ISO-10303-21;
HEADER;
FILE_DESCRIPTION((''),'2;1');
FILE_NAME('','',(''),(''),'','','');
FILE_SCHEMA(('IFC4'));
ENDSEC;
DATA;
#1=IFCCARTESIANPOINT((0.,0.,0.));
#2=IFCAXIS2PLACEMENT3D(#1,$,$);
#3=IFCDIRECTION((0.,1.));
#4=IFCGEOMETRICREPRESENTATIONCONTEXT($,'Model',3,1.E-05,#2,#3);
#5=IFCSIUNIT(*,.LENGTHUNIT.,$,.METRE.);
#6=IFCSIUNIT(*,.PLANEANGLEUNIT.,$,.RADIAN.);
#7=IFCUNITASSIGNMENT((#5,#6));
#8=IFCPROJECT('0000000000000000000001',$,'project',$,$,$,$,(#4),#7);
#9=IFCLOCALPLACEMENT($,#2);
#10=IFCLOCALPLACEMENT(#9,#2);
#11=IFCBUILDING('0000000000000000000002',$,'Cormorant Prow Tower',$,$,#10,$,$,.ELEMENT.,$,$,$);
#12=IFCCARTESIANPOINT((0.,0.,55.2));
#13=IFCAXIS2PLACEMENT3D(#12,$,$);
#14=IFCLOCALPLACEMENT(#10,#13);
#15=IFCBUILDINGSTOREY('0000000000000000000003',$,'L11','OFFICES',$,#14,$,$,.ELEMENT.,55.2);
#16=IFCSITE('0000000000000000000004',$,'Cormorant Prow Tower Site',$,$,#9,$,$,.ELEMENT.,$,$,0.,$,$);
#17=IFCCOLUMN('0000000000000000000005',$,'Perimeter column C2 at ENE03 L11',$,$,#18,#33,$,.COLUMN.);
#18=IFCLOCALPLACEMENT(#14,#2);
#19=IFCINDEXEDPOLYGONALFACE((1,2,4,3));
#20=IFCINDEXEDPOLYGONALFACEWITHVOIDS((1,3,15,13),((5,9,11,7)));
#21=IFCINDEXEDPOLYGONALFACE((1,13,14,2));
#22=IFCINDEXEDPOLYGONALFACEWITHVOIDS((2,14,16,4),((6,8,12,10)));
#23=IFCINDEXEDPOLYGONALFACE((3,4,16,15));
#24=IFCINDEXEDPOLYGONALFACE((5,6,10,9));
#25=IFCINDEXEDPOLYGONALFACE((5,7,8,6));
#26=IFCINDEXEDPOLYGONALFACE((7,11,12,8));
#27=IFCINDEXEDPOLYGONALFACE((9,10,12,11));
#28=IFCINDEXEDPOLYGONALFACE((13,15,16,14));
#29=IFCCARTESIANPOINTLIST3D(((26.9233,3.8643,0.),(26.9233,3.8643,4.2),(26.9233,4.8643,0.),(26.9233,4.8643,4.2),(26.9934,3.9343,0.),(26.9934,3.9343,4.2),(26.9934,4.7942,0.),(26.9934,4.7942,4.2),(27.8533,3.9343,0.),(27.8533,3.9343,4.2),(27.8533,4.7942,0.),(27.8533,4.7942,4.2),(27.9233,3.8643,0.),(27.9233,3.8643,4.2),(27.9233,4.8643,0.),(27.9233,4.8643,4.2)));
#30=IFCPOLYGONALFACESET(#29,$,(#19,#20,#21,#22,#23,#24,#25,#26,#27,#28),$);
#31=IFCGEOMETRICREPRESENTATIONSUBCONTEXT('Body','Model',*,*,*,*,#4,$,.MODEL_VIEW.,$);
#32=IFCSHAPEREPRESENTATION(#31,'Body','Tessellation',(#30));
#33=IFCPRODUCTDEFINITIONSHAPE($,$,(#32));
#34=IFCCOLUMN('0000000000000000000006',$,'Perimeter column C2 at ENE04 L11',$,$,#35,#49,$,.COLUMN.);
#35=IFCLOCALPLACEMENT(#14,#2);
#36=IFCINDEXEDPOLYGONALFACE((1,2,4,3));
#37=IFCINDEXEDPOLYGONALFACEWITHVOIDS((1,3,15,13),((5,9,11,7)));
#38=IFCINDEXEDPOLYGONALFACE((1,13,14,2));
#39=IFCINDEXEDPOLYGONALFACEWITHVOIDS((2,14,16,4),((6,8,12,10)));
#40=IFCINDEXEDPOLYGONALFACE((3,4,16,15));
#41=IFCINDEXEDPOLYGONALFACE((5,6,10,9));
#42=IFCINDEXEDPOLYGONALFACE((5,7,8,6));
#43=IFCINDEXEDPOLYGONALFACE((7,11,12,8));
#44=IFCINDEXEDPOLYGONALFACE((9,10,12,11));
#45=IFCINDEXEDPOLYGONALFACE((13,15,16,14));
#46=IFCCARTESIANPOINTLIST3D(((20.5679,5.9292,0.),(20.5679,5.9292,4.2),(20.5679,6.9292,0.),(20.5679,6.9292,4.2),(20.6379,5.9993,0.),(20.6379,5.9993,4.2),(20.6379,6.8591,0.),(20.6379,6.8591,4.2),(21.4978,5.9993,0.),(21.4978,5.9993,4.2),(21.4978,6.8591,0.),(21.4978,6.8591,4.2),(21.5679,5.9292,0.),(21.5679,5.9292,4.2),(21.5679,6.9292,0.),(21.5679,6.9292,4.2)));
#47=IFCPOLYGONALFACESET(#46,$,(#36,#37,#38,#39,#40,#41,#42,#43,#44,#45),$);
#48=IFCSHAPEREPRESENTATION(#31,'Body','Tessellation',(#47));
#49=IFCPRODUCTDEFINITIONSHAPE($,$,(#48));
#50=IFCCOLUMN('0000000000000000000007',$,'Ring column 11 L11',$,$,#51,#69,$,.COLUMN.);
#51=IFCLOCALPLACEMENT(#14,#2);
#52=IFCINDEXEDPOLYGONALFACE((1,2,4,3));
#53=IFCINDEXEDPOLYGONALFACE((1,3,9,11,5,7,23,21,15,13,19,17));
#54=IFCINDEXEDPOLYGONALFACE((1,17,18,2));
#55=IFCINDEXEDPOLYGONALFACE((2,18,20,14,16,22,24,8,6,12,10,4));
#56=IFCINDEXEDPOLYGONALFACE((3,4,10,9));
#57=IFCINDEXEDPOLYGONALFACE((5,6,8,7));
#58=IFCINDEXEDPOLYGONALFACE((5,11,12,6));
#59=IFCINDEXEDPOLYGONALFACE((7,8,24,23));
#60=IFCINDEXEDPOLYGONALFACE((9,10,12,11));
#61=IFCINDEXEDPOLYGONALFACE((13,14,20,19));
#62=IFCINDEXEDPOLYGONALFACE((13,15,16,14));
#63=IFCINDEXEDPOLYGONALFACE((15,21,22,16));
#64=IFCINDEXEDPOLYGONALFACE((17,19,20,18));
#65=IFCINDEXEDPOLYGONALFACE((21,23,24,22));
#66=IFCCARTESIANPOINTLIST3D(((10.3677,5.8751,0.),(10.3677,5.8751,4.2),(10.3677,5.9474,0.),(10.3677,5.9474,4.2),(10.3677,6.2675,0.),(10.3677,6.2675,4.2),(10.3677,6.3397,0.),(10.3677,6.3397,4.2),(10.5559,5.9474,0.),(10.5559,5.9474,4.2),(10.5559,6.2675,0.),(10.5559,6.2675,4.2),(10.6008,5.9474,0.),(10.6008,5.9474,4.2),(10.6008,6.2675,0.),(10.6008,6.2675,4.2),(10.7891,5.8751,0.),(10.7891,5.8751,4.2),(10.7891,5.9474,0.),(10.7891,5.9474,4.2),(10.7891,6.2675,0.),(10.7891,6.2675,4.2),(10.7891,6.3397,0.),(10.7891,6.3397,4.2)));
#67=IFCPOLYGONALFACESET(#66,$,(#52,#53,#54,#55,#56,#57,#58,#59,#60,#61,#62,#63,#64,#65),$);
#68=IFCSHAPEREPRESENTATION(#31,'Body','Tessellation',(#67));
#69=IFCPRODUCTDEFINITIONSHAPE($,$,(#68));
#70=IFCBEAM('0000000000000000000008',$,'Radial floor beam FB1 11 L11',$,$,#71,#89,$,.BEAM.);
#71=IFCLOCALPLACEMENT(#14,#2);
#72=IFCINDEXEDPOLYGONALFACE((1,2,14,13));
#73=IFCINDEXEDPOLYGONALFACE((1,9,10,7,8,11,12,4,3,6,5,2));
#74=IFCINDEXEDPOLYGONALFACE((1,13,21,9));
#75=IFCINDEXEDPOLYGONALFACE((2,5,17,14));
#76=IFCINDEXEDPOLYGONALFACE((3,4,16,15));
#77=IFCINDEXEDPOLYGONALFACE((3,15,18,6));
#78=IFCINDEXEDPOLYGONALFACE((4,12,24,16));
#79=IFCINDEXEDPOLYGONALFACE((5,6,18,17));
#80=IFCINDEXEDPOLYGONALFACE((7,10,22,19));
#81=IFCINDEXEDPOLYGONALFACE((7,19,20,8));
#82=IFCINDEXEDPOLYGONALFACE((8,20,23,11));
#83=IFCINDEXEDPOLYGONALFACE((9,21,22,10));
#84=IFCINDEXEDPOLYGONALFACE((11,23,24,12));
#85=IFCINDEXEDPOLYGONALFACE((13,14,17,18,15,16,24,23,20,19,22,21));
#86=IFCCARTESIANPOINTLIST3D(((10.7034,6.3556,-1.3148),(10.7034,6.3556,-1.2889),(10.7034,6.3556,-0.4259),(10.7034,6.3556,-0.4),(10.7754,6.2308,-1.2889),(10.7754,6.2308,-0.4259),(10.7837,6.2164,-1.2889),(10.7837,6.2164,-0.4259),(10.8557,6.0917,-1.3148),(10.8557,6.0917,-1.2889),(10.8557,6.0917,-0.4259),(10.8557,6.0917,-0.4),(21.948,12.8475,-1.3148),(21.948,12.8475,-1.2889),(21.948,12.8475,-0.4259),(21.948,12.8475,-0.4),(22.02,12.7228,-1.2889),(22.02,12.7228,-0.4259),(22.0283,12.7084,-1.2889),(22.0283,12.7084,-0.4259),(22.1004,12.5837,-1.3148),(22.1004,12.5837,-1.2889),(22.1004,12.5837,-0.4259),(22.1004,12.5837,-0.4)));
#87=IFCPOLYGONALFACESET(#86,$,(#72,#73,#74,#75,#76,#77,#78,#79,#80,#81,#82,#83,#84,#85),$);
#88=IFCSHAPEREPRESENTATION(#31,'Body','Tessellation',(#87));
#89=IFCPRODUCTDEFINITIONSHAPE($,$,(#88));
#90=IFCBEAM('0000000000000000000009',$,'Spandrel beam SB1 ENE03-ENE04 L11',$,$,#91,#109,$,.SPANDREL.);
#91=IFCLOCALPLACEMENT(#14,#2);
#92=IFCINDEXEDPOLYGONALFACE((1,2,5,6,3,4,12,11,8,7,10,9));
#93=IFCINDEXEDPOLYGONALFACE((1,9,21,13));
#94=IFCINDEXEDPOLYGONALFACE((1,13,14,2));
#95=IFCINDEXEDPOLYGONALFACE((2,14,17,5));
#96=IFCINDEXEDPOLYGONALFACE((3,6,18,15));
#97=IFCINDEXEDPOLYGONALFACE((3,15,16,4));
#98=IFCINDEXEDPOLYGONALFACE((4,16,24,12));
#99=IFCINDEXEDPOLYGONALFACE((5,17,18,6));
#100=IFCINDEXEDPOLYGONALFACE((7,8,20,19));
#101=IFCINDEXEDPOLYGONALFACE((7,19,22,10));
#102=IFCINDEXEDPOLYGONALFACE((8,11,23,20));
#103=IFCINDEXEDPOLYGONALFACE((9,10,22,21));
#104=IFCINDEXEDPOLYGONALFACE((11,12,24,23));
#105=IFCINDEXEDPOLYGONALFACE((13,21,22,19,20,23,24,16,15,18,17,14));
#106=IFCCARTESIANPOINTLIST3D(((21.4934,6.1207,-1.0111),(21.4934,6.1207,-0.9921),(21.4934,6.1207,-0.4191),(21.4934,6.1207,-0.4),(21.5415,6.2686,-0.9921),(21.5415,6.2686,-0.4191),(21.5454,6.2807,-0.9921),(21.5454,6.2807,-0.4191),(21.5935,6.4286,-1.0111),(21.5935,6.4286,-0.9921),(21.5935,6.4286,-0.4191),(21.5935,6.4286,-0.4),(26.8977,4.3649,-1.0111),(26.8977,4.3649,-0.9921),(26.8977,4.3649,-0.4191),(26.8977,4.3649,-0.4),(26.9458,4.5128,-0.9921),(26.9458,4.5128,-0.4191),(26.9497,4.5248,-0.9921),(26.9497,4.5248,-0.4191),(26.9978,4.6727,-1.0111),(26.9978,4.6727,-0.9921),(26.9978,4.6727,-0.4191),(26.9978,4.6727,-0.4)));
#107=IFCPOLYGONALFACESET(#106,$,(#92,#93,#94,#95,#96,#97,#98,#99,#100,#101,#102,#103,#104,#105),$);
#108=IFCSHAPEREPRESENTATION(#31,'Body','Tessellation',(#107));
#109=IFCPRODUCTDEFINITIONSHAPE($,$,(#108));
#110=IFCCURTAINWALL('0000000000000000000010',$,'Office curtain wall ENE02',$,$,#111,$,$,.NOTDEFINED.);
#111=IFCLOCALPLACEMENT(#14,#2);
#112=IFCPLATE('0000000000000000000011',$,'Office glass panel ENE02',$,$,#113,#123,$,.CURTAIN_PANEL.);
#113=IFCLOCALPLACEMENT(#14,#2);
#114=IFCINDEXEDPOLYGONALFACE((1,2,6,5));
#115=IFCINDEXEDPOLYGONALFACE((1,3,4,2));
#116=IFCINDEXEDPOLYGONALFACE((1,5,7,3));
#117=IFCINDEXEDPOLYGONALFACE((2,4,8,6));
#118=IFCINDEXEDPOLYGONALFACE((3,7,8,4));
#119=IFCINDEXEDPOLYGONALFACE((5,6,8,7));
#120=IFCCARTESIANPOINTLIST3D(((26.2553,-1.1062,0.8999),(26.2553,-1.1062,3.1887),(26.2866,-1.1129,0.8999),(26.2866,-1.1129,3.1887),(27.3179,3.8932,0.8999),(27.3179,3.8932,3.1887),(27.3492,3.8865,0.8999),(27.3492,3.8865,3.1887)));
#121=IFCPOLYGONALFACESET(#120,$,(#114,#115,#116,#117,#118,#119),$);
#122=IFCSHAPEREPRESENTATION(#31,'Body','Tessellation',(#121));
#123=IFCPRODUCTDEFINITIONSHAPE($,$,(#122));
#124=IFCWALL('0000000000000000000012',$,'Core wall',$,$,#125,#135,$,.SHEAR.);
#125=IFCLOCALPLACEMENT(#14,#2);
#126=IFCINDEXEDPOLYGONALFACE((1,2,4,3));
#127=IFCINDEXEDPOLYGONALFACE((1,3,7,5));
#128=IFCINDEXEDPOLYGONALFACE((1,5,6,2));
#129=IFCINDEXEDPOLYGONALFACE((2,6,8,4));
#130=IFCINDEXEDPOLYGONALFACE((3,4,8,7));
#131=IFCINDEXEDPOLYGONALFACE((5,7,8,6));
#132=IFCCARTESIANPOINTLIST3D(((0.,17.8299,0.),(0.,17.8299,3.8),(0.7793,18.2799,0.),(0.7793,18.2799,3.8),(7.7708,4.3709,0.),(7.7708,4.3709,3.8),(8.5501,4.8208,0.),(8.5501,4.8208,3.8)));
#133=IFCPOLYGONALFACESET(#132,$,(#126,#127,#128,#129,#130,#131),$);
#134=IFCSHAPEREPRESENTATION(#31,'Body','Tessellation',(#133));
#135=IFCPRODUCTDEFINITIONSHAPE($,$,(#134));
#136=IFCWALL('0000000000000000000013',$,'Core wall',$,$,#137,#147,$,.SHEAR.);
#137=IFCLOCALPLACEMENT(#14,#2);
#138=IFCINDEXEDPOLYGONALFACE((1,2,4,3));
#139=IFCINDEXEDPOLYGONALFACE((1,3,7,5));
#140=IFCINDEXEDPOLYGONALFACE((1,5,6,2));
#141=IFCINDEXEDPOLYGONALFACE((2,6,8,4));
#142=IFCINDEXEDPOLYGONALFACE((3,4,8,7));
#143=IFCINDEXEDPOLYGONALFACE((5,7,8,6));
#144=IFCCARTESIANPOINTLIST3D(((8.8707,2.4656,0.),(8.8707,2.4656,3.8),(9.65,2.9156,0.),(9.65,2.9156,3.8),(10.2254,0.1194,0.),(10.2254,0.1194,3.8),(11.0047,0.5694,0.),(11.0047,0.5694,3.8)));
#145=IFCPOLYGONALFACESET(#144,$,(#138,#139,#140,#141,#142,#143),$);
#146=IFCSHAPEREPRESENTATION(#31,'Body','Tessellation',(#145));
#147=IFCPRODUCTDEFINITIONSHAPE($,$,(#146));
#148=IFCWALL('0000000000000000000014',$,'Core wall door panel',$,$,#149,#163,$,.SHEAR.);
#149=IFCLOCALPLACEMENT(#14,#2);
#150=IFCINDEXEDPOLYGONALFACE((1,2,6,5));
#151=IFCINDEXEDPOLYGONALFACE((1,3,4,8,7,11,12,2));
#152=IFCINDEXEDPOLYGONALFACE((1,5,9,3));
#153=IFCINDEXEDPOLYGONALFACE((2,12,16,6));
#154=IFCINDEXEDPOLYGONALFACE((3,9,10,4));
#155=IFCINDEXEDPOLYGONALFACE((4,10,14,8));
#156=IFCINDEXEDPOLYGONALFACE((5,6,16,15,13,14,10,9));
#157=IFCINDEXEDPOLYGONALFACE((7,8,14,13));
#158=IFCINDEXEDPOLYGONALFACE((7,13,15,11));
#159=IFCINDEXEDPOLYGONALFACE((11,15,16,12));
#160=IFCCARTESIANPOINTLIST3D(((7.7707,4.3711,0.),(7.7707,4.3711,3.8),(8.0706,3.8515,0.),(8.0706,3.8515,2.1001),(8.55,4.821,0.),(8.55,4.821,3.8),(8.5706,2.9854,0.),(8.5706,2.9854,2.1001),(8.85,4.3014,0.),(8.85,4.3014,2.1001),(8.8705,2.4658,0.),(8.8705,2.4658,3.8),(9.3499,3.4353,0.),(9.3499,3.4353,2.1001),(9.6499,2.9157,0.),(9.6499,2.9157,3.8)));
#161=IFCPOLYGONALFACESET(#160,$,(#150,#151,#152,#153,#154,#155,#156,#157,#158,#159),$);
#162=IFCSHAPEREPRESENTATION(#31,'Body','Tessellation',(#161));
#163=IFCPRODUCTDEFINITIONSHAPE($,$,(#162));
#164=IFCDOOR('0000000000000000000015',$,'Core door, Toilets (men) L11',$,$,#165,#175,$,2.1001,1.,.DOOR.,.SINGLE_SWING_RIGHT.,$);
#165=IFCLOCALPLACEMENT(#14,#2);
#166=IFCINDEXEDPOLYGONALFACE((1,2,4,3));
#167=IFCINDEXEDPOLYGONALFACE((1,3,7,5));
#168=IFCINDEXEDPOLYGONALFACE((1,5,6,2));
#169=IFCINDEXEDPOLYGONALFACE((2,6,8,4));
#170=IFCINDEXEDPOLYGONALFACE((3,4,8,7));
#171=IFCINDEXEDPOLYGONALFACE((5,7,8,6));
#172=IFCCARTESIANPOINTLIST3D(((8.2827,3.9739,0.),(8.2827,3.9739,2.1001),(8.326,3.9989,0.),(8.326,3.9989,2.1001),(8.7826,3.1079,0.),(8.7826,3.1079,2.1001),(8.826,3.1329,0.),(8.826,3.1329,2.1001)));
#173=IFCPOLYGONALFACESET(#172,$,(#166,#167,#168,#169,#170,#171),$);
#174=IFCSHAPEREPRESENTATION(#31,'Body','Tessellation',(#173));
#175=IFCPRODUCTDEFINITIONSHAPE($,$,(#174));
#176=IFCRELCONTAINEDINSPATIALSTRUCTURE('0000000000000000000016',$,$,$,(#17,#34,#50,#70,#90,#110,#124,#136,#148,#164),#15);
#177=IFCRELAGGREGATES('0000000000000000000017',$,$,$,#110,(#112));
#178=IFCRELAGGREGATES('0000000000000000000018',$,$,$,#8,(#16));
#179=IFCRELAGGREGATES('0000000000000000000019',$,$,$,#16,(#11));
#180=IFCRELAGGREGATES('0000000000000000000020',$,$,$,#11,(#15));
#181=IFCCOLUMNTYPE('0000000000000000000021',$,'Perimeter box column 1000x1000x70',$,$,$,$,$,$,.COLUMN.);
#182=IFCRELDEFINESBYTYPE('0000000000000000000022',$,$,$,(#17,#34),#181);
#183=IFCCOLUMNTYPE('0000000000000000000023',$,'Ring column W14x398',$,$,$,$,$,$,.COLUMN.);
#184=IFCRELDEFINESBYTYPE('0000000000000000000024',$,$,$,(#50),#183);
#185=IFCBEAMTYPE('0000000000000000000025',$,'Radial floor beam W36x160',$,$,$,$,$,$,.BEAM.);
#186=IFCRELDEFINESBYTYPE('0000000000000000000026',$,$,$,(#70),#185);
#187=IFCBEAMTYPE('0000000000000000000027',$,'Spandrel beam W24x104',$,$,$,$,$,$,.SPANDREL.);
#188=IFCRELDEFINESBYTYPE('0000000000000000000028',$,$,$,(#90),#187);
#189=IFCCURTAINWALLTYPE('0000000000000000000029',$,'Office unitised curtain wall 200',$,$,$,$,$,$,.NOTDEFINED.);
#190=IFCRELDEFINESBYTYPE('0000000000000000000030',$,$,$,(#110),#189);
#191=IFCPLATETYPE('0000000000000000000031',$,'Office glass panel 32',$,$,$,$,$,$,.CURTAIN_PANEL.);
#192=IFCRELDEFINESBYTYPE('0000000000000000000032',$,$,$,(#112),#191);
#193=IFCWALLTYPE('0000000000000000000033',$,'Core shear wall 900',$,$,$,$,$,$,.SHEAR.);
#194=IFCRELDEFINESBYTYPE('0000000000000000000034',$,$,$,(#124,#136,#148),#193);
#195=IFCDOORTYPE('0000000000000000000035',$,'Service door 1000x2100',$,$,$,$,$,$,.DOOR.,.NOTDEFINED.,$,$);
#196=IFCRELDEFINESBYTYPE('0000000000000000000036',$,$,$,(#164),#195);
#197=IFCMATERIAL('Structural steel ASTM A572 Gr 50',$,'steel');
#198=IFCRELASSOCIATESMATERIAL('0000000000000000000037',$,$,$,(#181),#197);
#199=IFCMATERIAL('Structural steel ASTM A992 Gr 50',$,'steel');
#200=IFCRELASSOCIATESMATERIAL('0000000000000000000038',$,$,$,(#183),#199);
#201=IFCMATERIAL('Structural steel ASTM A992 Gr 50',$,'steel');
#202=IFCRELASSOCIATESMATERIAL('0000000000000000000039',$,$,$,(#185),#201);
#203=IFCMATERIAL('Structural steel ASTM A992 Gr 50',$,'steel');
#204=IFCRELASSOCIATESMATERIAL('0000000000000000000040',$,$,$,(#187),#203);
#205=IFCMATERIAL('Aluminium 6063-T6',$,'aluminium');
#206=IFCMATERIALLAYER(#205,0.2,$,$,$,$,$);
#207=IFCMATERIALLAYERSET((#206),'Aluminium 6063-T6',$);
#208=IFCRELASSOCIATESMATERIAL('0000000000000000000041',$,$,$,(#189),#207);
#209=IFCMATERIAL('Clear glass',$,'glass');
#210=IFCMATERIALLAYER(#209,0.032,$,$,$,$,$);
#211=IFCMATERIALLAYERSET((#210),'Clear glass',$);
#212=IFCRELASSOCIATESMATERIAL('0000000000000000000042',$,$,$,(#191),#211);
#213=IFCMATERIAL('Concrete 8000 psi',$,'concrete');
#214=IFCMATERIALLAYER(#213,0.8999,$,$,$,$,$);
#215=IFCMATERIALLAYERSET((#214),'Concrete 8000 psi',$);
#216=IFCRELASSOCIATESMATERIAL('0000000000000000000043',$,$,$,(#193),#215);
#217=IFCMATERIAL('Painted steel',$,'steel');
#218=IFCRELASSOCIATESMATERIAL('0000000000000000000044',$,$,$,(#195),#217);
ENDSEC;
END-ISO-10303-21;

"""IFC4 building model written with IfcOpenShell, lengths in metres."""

from ifc_helpers import new_model, si_unit, direction, frame, frame_2d, origin, origin_2d, place, context, subcontext, project, spatial, rectangle, hollow_rectangle, i_section, extrude, material, layer, layer_set, material_profile, profile_set, type_object, element, fill, aggregate, save


model = new_model("IFC4")

# Units and contexts
model_context = context("Model", 3, precision=1e-05, world=origin(), true_north=direction((0.0, 1.0)))
body_context = subcontext(model_context, "Body", "Model", "MODEL_VIEW")
ifc_project = project(units=[si_unit("LENGTHUNIT", "METRE"), si_unit("PLANEANGLEUNIT", "RADIAN")], contexts=[model_context])

# Site, building, storey
site_placement = place(None, origin())
site = spatial("IfcSite", under=ifc_project, at=site_placement, Name="Cormorant Prow Tower Site", CompositionType="ELEMENT", RefElevation=0.0)
building_placement = place(site_placement, origin())
building = spatial("IfcBuilding", under=site, at=building_placement, Name="Cormorant Prow Tower", CompositionType="ELEMENT")
storey_placement = place(building_placement, frame((0.0, 0.0, 55.2)))
storey = spatial("IfcBuildingStorey", under=building, at=storey_placement, Name="L11", Description="OFFICES", CompositionType="ELEMENT", Elevation=55.2)

# Columns
ifc_material_1 = material(Name="Structural steel ASTM A572 Gr 50", Category="steel")
ifc_material_profile_1 = material_profile(ifc_material_1, hollow_rectangle(XDim=1.0, YDim=1.0, WallThickness=0.0701, at=origin_2d()), Name="Box 1000x1000x70")
ifc_profile_set_1 = profile_set([ifc_material_profile_1], Name="Structural steel ASTM A572 Gr 50")
column_type_1 = type_object("IfcColumnType", Name="Perimeter box column 1000x1000x70", PredefinedType="COLUMN", material=ifc_profile_set_1)
for number, where, z_axis, x_axis, name in (
    (1, (27.4233, 4.3643, 0.0), (0.0, 0.0, 1.0), (1.0, 0.0, 0.0), "Perimeter column C2 at ENE03 L11"),
    (2, (21.0679, 6.4292, 0.0), (0.0, 0.0, 1.0), (1.0, 0.0, 0.0), "Perimeter column C2 at ENE04 L11"),
):
    element("IfcColumn", number, at=place(storey_placement, frame(where, z_axis=z_axis, x_axis=x_axis)), inside=storey, type_object=column_type_1, Name=name, PredefinedType="COLUMN", context=body_context, shape_type="SweptSolid", body=[
        extrude(hollow_rectangle(XDim=1.0, YDim=1.0, WallThickness=0.0701, at=origin_2d()), origin(), (0.0, 0.0, 1.0), 4.2),
    ])
ifc_material_2 = material(Name="Structural steel ASTM A992 Gr 50", Category="steel")
ifc_material_profile_2 = material_profile(ifc_material_2, i_section(OverallWidth=0.4214, OverallDepth=0.4646, WebThickness=0.0449, FlangeThickness=0.0723, at=origin_2d()), Name="W14x398")
ifc_profile_set_2 = profile_set([ifc_material_profile_2], Name="Structural steel ASTM A992 Gr 50")
column_type_2 = type_object("IfcColumnType", Name="Ring column W14x398", PredefinedType="COLUMN", material=ifc_profile_set_2)
column_placement = place(storey_placement, frame((10.5784, 6.1074, 0.0), z_axis=(0.0, 0.0, 1.0), x_axis=(1.0, 0.0, 0.0)))
element("IfcColumn", 3, at=column_placement, inside=storey, type_object=column_type_2, Name="Ring column 11 L11", PredefinedType="COLUMN", context=body_context, shape_type="SweptSolid", body=[
    extrude(i_section(OverallWidth=0.4214, OverallDepth=0.4646, WebThickness=0.0449, FlangeThickness=0.0723, at=origin_2d()), origin(), (0.0, 0.0, 1.0), 4.2),
])

# Beams
ifc_material_3 = material(Name="Structural steel ASTM A992 Gr 50", Category="steel")
ifc_material_profile_3 = material_profile(ifc_material_3, i_section(OverallWidth=0.3047, OverallDepth=0.9148, WebThickness=0.0166, FlangeThickness=0.0259, at=origin_2d()), Name="W36x160")
ifc_profile_set_3 = profile_set([ifc_material_profile_3], Name="Structural steel ASTM A992 Gr 50")
beam_type_1 = type_object("IfcBeamType", Name="Radial floor beam W36x160", PredefinedType="BEAM", material=ifc_profile_set_3)
beam_1_placement = place(storey_placement, frame((10.7795, 6.2236, -0.8574), z_axis=(0.86603, 0.499992, 0.0), x_axis=(-0.499992, 0.86603, 0.0)))
element("IfcBeam", 4, at=beam_1_placement, inside=storey, type_object=beam_type_1, Name="Radial floor beam FB1 11 L11", PredefinedType="BEAM", context=body_context, shape_type="SweptSolid", body=[
    extrude(i_section(OverallWidth=0.3047, OverallDepth=0.9148, WebThickness=0.0166, FlangeThickness=0.0259, at=origin_2d()), origin(), (0.0, 0.0, 1.0), 12.9841),
])
ifc_material_4 = material(Name="Structural steel ASTM A992 Gr 50", Category="steel")
ifc_material_profile_4 = material_profile(ifc_material_4, i_section(OverallWidth=0.3237, OverallDepth=0.6111, WebThickness=0.0127, FlangeThickness=0.019, at=origin_2d()), Name="W24x104")
ifc_profile_set_4 = profile_set([ifc_material_profile_4], Name="Structural steel ASTM A992 Gr 50")
beam_type_2 = type_object("IfcBeamType", Name="Spandrel beam W24x104", PredefinedType="SPANDREL", material=ifc_profile_set_4)
beam_2_placement = place(storey_placement, frame((26.9478, 4.5188, -0.7056), z_axis=(-0.951062, 0.309001, 0.0), x_axis=(-0.309001, -0.951062, 0.0)))
element("IfcBeam", 5, at=beam_2_placement, inside=storey, type_object=beam_type_2, Name="Spandrel beam SB1 ENE03-ENE04 L11", PredefinedType="SPANDREL", context=body_context, shape_type="SweptSolid", body=[
    extrude(i_section(OverallWidth=0.3237, OverallDepth=0.6111, WebThickness=0.0127, FlangeThickness=0.019, at=origin_2d()), origin(), (0.0, 0.0, 1.0), 5.6824),
])

# Curtain wall, plate
ifc_material_5 = material(Name="Aluminium 6063-T6", Category="aluminium")
ifc_layer_1 = layer(ifc_material_5, 0.2)
ifc_layer_set_1 = layer_set([ifc_layer_1], Name="Aluminium 6063-T6")
curtain_wall_type = type_object("IfcCurtainWallType", Name="Office unitised curtain wall 200", PredefinedType="NOTDEFINED", material=ifc_layer_set_1)
curtain_wall_placement = place(storey_placement, origin())
curtain_wall = element("IfcCurtainWall", 6, at=curtain_wall_placement, inside=storey, type_object=curtain_wall_type, Name="Office curtain wall ENE02", PredefinedType="NOTDEFINED")
ifc_material_6 = material(Name="Clear glass", Category="glass")
ifc_layer_2 = layer(ifc_material_6, 0.032)
ifc_layer_set_2 = layer_set([ifc_layer_2], Name="Clear glass")
plate_type = type_object("IfcPlateType", Name="Office glass panel 32", PredefinedType="CURTAIN_PANEL", material=ifc_layer_set_2)
plate_placement = place(storey_placement, frame((26.8022, 1.3901, 0.8999), z_axis=(0.0, 0.0, 1.0), x_axis=(0.207912, 0.978148, 0.0)))
plate = element("IfcPlate", 7, at=plate_placement, type_object=plate_type, Name="Office glass panel ENE02", PredefinedType="CURTAIN_PANEL", context=body_context, shape_type="SweptSolid", body=[
    extrude(rectangle(XDim=5.1111, YDim=0.032, at=origin_2d()), origin(), (0.0, 0.0, 1.0), 2.2888),
])
aggregate(curtain_wall, [plate])

# Walls
ifc_material_7 = material(Name="Concrete 8000 psi", Category="concrete")
ifc_layer_3 = layer(ifc_material_7, 0.8999)
ifc_layer_set_3 = layer_set([ifc_layer_3], Name="Concrete 8000 psi")
wall_type_1 = type_object("IfcWallType", Name="Core shear wall 900", PredefinedType="SHEAR", material=ifc_layer_set_3)
wall_1_placement = place(storey_placement, frame((8.1604, 4.5959, 0.0), z_axis=(0.0, 0.0, 1.0), x_axis=(-0.50001, 0.86602, 0.0)))
element("IfcWall", 8, at=wall_1_placement, inside=storey, type_object=wall_type_1, Name="Core wall", PredefinedType="SHEAR", context=body_context, shape_type="SweptSolid", body=[
    extrude(rectangle(XDim=15.5413, YDim=0.8999, at=frame_2d((7.7705, 0.0))), origin(), (0.0, 0.0, 1.0), 3.8),
])
wall_2_placement = place(storey_placement, frame((10.615, 0.3445, 0.0), z_axis=(0.0, 0.0, 1.0), x_axis=(-0.500045, 0.865999, 0.0)))
element("IfcWall", 9, at=wall_2_placement, inside=storey, type_object=wall_type_1, Name="Core wall", PredefinedType="SHEAR", context=body_context, shape_type="SweptSolid", body=[
    extrude(rectangle(XDim=2.7092, YDim=0.8999, at=frame_2d((1.3545, 0.0))), origin(), (0.0, 0.0, 1.0), 3.8),
])

# Wall, opening, door
wall_3_placement = place(storey_placement, frame((9.2603, 2.6907, 0.0), z_axis=(0.0, 0.0, 1.0), x_axis=(-0.499947, 0.866056, 0.0)))
wall_3 = element("IfcWall", 10, at=wall_3_placement, inside=storey, type_object=wall_type_1, Name="Core wall door panel", PredefinedType="SHEAR", context=body_context, shape_type="SweptSolid", body=[
    extrude(rectangle(XDim=2.2, YDim=0.8999, at=frame_2d((1.1001, 0.0))), origin(), (0.0, 0.0, 1.0), 3.8),
])
opening_1_placement = place(wall_3_placement, frame((0.6001, 0.0, 0.0)))
opening_1 = element("IfcOpeningElement", 11, at=opening_1_placement, cuts=wall_3, PredefinedType="OPENING", context=body_context, shape_type="SweptSolid", body=[
    extrude(rectangle(XDim=1.0, YDim=2.1001, at=frame_2d((0.5, 1.05))), frame((0.0, 0.46, 0.0), z_axis=(0.0, -1.0, 0.0), x_axis=(1.0, 0.0, 0.0)), (0.0, 0.0, 1.0), 0.9199),
])
ifc_material_8 = material(Name="Painted steel", Category="steel")
door_type_1 = type_object("IfcDoorType", Name="Service door 1000x2100", OperationType="NOTDEFINED", PredefinedType="DOOR", material=ifc_material_8)
door_1_placement = place(opening_1_placement, origin())
door_1 = element("IfcDoor", 12, at=door_1_placement, inside=storey, type_object=door_type_1, Name="Core door, Toilets (men) L11", OperationType="SINGLE_SWING_RIGHT", OverallHeight=2.1001, OverallWidth=1.0, PredefinedType="DOOR", context=body_context, shape_type="SweptSolid", body=[
    extrude(rectangle(XDim=1.0, YDim=2.1001, at=frame_2d((0.5, 1.05))), frame((0.0, 0.2051, 0.0), z_axis=(0.0, -1.0, 0.0), x_axis=(1.0, 0.0, 0.0)), (0.0, 0.0, 1.0), 0.05),
])
fill(opening_1, door_1)

save(model, "model.ifc")
